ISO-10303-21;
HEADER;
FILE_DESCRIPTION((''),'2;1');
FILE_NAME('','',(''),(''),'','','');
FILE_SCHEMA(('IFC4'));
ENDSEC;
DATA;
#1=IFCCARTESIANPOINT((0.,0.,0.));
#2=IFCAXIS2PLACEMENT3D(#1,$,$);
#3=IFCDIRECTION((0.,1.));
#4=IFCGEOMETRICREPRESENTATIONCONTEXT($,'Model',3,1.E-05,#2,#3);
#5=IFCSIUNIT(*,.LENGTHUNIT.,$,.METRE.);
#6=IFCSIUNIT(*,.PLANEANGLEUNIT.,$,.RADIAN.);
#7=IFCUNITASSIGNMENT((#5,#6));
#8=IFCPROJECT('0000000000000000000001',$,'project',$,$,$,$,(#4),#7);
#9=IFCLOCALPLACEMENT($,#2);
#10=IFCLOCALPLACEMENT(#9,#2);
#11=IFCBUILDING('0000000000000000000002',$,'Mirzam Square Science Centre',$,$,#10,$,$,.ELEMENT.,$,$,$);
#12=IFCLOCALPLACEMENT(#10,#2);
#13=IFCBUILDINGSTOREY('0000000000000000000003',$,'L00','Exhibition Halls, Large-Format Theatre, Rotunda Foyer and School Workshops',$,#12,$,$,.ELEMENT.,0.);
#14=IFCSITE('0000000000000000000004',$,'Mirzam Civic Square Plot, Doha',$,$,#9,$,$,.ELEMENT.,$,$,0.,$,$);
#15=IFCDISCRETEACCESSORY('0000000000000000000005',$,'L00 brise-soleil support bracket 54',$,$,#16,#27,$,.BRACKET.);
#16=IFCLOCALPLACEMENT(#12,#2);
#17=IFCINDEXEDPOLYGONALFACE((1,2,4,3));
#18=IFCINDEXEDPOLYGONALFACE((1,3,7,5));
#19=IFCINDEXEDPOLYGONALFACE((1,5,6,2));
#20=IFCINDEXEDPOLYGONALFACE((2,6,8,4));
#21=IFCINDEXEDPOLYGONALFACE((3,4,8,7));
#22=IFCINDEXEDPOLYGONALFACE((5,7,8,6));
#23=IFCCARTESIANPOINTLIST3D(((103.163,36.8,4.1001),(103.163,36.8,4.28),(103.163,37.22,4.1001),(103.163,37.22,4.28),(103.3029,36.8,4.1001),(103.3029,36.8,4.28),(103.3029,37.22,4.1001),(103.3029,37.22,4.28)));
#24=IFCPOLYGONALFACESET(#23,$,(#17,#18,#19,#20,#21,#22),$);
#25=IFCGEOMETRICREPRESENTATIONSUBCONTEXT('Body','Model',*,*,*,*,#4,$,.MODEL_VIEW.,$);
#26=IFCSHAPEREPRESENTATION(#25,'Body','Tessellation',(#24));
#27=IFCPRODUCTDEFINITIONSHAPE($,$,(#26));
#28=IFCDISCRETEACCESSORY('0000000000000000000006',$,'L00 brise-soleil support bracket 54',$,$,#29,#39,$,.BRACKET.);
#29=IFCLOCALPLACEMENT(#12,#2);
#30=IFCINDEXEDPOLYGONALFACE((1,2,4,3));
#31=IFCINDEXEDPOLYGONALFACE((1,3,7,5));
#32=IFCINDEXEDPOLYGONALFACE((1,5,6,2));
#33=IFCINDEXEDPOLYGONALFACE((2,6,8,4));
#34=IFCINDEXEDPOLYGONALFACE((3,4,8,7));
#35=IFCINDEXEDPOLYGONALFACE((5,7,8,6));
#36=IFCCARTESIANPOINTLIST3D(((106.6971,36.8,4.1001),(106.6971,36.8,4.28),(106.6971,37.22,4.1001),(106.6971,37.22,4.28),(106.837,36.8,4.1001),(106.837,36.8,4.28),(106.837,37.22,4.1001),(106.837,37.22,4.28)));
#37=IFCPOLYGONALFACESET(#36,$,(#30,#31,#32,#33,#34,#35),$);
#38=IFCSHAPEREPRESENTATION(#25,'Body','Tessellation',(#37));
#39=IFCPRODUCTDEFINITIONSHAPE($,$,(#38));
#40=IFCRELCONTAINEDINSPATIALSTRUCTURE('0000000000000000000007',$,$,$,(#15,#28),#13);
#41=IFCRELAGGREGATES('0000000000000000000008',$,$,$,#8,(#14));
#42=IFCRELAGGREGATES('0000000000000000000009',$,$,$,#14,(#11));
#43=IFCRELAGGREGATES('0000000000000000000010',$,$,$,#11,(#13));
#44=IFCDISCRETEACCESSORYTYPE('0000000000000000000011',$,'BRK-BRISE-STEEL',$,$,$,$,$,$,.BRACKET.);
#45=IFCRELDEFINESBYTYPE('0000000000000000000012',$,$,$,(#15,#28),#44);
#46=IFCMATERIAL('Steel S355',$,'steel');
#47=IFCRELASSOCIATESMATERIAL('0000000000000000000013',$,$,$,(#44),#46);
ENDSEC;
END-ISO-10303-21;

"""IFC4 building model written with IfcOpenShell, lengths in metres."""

from ifc_helpers import new_model, si_unit, direction, frame, origin, origin_2d, place, context, subcontext, project, spatial, rectangle, extrude, material, type_object, element, save


model = new_model("IFC4")

# Units and contexts
model_context = context("Model", 3, precision=1e-05, world=origin(), true_north=direction((0.0, 1.0)))
body_context = subcontext(model_context, "Body", "Model", "MODEL_VIEW")
ifc_project = project(units=[si_unit("LENGTHUNIT", "METRE"), si_unit("PLANEANGLEUNIT", "RADIAN")], contexts=[model_context])

# Site, building, storey
site_placement = place(None, origin())
site = spatial("IfcSite", under=ifc_project, at=site_placement, Name="Mirzam Civic Square Plot, Doha", CompositionType="ELEMENT", RefElevation=0.0)
building_placement = place(site_placement, origin())
building = spatial("IfcBuilding", under=site, at=building_placement, Name="Mirzam Square Science Centre", CompositionType="ELEMENT")
storey_placement = place(building_placement, origin())
storey = spatial("IfcBuildingStorey", under=building, at=storey_placement, Name="L00", Description="Exhibition Halls, Large-Format Theatre, Rotunda Foyer and School Workshops", CompositionType="ELEMENT", Elevation=0.0)

# Shared definitions
ifc_material_1 = material(Name="Steel S355", Category="steel")

# Discrete accessories
discrete_accessory_type = type_object("IfcDiscreteAccessoryType", Name="BRK-BRISE-STEEL", PredefinedType="BRACKET", material=ifc_material_1)
for number, where, z_axis, x_axis, name in (
    (1, (103.2329, 37.01, 4.1001), (0.0, 0.0, 1.0), (1.0, 0.0, 0.0), "L00 brise-soleil support bracket 54"),
    (2, (106.7671, 37.01, 4.1001), (0.0, 0.0, 1.0), (1.0, 0.0, 0.0), "L00 brise-soleil support bracket 54"),
):
    element("IfcDiscreteAccessory", number, at=place(storey_placement, frame(where, z_axis=z_axis, x_axis=x_axis)), inside=storey, type_object=discrete_accessory_type, Name=name, PredefinedType="BRACKET", context=body_context, shape_type="SweptSolid", body=[
        extrude(rectangle(XDim=0.1399, YDim=0.4199, at=origin_2d()), origin(), (0.0, 0.0, 1.0), 0.1799),
    ])

save(model, "model.ifc")
